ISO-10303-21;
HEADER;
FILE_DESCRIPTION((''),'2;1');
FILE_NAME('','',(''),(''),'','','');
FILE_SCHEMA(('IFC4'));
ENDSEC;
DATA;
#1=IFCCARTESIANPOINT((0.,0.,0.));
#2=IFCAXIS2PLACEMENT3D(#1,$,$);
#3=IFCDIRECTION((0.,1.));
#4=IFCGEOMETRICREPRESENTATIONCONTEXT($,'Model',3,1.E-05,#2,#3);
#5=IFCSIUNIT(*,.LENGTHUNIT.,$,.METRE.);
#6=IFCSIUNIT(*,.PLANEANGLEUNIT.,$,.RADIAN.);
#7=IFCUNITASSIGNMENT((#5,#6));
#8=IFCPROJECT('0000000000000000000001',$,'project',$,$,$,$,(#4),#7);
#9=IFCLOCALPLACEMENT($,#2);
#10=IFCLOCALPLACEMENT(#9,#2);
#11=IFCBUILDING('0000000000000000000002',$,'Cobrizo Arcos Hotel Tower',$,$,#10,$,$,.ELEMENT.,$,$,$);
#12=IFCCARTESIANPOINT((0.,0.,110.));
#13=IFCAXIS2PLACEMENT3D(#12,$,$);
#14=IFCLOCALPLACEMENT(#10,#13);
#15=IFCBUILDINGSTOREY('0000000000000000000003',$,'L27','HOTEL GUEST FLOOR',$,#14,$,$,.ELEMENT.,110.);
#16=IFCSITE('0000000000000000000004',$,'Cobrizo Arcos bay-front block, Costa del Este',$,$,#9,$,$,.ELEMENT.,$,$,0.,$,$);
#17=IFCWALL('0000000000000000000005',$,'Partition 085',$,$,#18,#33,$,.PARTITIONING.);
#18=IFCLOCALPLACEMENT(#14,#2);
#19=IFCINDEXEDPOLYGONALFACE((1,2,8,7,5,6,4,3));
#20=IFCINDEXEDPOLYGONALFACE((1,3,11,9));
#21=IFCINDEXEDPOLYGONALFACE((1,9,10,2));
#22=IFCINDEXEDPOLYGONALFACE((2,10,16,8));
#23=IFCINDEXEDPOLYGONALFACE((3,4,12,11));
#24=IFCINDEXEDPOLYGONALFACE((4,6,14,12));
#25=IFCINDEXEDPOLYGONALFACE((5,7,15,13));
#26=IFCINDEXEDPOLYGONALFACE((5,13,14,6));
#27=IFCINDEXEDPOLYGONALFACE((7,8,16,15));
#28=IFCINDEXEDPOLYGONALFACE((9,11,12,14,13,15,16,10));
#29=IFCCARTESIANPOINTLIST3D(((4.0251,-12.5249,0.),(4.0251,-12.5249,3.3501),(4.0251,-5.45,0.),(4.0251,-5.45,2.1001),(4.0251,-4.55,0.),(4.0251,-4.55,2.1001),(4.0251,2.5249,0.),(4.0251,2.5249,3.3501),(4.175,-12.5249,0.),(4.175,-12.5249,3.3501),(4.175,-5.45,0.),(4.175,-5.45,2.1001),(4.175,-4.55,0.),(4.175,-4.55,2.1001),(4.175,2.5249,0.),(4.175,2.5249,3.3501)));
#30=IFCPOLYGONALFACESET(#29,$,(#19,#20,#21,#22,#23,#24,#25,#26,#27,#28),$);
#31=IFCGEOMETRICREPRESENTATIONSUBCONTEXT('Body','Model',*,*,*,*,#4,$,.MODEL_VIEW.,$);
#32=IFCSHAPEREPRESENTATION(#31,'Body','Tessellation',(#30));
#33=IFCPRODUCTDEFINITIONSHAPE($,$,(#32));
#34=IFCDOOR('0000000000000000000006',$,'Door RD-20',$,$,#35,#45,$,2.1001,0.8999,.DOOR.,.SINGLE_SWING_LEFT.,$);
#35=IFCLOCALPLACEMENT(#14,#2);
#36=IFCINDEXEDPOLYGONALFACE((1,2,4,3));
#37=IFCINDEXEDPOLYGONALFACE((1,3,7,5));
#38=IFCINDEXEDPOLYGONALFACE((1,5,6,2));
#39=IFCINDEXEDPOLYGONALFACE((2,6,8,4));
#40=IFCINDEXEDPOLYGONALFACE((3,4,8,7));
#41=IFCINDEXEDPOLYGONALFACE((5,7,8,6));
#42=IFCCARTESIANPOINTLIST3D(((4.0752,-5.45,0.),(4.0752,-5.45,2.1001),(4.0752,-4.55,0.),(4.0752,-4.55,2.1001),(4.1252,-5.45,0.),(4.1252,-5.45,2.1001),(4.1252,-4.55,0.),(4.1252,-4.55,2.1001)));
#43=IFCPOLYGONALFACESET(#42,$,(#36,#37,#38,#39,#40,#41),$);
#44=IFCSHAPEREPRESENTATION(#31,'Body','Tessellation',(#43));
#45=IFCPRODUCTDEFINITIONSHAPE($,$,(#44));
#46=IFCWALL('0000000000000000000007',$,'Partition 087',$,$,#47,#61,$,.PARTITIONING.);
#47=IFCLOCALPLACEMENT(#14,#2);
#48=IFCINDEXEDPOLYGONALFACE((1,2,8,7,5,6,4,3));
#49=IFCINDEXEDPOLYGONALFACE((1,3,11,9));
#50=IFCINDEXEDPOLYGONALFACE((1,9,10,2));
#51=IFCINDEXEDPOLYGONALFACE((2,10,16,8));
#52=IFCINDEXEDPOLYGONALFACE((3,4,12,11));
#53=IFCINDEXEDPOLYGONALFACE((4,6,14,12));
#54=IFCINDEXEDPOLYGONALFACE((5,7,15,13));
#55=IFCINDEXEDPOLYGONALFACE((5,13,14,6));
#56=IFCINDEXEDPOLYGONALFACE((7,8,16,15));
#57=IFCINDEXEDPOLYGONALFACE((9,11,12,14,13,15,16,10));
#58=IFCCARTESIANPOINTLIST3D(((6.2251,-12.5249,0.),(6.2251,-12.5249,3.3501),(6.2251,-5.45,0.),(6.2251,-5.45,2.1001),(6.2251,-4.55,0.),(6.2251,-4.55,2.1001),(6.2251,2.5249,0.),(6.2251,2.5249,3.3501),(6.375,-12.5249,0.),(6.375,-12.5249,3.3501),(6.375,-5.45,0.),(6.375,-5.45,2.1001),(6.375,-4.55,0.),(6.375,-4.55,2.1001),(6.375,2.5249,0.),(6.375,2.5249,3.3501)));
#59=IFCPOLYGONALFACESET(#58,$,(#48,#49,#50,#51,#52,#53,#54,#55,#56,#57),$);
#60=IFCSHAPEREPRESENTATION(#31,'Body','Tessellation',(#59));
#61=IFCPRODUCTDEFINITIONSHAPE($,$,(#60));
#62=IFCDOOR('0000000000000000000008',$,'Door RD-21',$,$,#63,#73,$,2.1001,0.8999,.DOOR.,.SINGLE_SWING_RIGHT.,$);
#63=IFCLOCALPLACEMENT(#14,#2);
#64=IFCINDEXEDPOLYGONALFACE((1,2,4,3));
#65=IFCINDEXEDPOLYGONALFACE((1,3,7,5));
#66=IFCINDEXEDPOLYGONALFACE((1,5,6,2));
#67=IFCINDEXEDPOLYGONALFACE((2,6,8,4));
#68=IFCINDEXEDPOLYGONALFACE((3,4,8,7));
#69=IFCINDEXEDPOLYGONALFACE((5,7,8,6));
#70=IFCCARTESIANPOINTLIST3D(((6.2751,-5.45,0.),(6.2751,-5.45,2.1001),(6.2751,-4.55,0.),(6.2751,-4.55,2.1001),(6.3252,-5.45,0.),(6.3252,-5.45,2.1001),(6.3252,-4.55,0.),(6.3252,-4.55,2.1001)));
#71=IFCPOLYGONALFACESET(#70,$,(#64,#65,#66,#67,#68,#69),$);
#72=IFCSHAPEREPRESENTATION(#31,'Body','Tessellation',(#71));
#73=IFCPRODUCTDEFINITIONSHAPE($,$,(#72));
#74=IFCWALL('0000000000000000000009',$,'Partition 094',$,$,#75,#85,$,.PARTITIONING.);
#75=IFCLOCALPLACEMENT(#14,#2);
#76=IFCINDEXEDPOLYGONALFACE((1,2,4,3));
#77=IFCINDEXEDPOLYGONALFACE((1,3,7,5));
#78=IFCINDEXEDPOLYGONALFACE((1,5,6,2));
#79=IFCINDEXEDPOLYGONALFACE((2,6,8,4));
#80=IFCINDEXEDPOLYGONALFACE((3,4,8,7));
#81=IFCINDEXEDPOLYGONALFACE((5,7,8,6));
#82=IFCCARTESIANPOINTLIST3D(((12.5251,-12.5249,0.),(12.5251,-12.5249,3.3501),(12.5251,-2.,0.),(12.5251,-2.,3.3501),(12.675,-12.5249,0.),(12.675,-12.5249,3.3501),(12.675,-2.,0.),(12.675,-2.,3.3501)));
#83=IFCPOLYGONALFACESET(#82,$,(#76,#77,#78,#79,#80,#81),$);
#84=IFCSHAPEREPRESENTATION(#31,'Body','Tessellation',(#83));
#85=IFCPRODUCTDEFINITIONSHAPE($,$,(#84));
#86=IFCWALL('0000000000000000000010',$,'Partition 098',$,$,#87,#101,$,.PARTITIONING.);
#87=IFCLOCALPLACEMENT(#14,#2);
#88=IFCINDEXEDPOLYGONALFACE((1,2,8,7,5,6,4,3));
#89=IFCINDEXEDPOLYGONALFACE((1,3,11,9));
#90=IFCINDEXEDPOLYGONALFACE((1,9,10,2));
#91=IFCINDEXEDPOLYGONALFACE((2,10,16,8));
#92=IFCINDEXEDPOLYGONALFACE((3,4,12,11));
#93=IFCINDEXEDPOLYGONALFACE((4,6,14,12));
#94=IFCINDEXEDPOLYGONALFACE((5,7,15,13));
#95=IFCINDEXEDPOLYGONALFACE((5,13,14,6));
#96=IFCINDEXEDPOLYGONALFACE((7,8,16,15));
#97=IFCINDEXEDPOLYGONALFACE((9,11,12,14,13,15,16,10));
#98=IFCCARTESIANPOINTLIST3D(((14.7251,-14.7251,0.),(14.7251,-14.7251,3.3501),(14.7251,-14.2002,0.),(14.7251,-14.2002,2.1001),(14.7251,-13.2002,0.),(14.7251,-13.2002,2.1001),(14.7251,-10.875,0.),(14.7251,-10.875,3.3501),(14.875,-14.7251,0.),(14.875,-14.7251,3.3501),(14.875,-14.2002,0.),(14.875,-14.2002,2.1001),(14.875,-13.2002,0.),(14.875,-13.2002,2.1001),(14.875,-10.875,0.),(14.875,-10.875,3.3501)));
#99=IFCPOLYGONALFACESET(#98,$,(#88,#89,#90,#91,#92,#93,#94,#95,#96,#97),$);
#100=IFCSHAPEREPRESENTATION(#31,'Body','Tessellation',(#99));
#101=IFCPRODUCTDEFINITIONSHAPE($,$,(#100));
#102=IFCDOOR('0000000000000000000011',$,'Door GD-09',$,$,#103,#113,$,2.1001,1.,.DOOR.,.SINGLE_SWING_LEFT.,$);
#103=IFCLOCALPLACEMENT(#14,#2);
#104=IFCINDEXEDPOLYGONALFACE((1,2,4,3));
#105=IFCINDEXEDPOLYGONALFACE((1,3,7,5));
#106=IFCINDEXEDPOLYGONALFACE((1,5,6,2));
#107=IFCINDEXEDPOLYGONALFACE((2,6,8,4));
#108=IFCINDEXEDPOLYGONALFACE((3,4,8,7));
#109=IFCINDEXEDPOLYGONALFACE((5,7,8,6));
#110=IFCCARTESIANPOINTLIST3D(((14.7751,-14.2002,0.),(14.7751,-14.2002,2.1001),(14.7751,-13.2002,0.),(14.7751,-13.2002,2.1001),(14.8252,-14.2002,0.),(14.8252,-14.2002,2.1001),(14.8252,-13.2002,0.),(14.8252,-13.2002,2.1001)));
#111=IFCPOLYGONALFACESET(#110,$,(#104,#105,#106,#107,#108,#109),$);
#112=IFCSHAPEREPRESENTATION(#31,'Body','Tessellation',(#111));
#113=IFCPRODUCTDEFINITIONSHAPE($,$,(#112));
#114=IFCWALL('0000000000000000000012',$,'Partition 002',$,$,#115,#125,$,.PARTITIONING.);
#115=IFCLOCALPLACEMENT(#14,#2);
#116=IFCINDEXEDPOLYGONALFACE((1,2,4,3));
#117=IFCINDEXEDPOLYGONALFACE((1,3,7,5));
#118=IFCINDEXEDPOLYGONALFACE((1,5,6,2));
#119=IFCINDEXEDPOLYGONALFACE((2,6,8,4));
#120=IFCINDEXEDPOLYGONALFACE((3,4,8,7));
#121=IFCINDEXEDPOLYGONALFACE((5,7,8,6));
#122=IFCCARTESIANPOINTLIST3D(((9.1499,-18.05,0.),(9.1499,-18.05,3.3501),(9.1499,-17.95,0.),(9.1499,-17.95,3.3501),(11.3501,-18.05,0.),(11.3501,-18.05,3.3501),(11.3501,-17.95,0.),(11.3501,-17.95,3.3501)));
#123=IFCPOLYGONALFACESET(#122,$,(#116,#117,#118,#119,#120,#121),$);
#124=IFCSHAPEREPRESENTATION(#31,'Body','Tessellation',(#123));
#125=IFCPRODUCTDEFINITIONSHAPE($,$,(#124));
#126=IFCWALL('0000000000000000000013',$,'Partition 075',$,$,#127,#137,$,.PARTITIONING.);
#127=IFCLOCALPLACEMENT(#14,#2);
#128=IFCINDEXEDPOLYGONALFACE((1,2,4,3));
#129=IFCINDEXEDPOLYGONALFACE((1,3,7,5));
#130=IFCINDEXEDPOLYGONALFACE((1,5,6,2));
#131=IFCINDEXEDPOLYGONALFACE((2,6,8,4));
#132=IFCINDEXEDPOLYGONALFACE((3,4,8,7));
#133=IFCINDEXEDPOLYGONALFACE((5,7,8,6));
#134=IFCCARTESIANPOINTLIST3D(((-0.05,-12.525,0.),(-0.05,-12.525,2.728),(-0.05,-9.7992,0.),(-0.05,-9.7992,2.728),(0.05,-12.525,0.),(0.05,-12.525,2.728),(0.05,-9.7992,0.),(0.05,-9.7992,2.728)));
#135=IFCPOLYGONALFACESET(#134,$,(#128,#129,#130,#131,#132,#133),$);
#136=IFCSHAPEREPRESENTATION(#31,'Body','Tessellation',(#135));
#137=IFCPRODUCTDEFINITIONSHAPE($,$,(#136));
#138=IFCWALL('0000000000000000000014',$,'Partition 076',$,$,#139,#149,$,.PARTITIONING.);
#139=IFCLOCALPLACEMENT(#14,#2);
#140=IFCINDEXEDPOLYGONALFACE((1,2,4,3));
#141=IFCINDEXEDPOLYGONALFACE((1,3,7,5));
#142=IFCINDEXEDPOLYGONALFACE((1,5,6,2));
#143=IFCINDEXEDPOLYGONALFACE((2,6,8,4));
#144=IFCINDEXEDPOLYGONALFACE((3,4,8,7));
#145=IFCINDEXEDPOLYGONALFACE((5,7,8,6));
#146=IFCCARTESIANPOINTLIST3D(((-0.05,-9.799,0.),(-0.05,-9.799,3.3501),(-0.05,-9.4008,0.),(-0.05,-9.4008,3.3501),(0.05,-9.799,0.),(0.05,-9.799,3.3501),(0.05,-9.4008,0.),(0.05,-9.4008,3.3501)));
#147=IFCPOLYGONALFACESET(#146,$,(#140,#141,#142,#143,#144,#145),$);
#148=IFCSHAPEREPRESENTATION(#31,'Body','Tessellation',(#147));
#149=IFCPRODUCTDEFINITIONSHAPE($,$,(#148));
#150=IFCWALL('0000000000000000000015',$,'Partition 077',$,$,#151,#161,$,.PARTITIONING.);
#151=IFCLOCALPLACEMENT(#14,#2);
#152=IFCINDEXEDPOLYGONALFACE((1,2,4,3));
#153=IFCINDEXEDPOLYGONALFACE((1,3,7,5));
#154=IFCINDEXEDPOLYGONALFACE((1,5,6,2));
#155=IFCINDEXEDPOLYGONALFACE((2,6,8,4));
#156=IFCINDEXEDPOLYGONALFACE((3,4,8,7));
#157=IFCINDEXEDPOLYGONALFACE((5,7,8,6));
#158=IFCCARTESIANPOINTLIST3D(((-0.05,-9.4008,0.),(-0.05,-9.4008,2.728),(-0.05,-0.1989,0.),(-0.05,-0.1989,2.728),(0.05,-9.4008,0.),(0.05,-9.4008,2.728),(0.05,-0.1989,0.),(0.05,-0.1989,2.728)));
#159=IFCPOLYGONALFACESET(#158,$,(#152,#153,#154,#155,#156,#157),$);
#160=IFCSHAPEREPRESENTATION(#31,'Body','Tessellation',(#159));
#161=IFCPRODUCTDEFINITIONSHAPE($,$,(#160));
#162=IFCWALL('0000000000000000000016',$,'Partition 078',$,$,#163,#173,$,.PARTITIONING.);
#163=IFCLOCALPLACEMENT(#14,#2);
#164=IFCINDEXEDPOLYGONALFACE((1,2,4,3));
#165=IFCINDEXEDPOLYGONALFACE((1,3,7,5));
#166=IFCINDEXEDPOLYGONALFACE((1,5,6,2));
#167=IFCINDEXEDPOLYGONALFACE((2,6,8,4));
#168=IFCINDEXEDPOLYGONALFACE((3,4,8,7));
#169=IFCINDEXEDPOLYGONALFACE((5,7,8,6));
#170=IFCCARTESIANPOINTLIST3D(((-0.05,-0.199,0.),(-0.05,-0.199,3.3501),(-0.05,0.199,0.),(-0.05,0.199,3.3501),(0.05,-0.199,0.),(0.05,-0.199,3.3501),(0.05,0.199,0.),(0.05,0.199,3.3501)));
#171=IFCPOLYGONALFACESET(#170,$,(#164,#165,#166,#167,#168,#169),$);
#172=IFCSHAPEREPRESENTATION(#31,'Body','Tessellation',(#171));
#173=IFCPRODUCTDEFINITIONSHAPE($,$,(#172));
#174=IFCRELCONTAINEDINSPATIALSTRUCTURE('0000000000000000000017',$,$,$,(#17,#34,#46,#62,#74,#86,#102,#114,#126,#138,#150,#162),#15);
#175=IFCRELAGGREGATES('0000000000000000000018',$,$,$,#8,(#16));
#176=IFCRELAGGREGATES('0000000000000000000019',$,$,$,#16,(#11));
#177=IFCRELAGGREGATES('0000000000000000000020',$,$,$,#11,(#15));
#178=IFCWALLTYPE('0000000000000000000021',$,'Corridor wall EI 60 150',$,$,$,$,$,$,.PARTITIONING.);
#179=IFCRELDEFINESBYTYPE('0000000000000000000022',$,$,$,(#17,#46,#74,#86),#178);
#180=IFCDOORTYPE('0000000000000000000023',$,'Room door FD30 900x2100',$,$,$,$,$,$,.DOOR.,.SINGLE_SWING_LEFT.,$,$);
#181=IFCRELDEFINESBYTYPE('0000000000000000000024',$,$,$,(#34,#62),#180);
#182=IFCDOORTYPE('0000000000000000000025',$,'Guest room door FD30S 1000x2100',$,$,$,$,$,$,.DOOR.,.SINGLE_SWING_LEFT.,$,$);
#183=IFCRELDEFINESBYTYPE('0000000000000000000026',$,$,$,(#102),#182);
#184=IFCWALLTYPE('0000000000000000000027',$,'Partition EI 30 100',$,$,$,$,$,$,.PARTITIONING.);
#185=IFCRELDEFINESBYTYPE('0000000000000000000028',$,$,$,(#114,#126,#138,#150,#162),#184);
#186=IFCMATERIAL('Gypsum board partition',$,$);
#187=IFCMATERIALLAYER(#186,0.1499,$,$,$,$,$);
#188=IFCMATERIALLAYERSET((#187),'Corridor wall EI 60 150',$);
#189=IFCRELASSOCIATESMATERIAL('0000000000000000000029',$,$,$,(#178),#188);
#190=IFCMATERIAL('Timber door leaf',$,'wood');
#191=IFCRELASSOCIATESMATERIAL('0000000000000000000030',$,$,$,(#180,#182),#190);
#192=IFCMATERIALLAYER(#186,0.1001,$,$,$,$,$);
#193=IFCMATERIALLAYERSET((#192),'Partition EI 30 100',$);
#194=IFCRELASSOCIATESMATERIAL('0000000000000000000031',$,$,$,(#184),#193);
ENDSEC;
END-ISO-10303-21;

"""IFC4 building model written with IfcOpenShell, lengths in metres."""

from ifc_helpers import new_model, si_unit, direction, frame, frame_2d, origin, place, context, subcontext, project, spatial, rectangle, extrude, material, layer, layer_set, type_object, element, fill, save


model = new_model("IFC4")

# Units and contexts
model_context = context("Model", 3, precision=1e-05, world=origin(), true_north=direction((0.0, 1.0)))
body_context = subcontext(model_context, "Body", "Model", "MODEL_VIEW")
ifc_project = project(units=[si_unit("LENGTHUNIT", "METRE"), si_unit("PLANEANGLEUNIT", "RADIAN")], contexts=[model_context])

# Site, building, storey
site_placement = place(None, origin())
site = spatial("IfcSite", under=ifc_project, at=site_placement, Name="Cobrizo Arcos bay-front block, Costa del Este", CompositionType="ELEMENT", RefElevation=0.0)
building_placement = place(site_placement, origin())
building = spatial("IfcBuilding", under=site, at=building_placement, Name="Cobrizo Arcos Hotel Tower", CompositionType="ELEMENT")
storey_placement = place(building_placement, frame((0.0, 0.0, 110.0)))
storey = spatial("IfcBuildingStorey", under=building, at=storey_placement, Name="L27", Description="HOTEL GUEST FLOOR", CompositionType="ELEMENT", Elevation=110.0)

# Shared definitions
ifc_material_1 = material(Name="Gypsum board partition")
ifc_layer_1 = layer(ifc_material_1, 0.1499)
ifc_layer_set_1 = layer_set([ifc_layer_1], Name="Corridor wall EI 60 150")
wall_type_1 = type_object("IfcWallType", Name="Corridor wall EI 60 150", PredefinedType="PARTITIONING", material=ifc_layer_set_1)

# Walls, openings, doors
wall_1_placement = place(storey_placement, frame((4.1001, -12.5249, 0.0), z_axis=(0.0, 0.0, 1.0), x_axis=(0.0, 1.0, 0.0)))
wall_1 = element("IfcWall", 1, at=wall_1_placement, inside=storey, type_object=wall_type_1, Name="Partition 085", PredefinedType="PARTITIONING", context=body_context, shape_type="SweptSolid", body=[
    extrude(rectangle(XDim=15.0498, YDim=0.1499, at=frame_2d((7.5249, 0.0))), origin(), (0.0, 0.0, 1.0), 3.3501),
])
opening_1_placement = place(wall_1_placement, frame((7.075, 0.0, 0.0)))
opening_1 = element("IfcOpeningElement", 2, at=opening_1_placement, cuts=wall_1, PredefinedType="OPENING", context=body_context, shape_type="SweptSolid", body=[
    extrude(rectangle(XDim=0.8999, YDim=2.1001, at=frame_2d((0.45, 1.05))), frame((0.0, 0.0869, 0.0), z_axis=(0.0, -1.0, 0.0), x_axis=(1.0, 0.0, 0.0)), (0.0, 0.0, 1.0), 0.1738),
])
ifc_material_2 = material(Name="Timber door leaf", Category="wood")
door_type_1 = type_object("IfcDoorType", Name="Room door FD30 900x2100", OperationType="SINGLE_SWING_LEFT", PredefinedType="DOOR", material=ifc_material_2)
door_1_placement = place(opening_1_placement, origin())
door_1 = element("IfcDoor", 3, at=door_1_placement, inside=storey, type_object=door_type_1, Name="Door RD-20", OperationType="SINGLE_SWING_LEFT", OverallHeight=2.1001, OverallWidth=0.8999, PredefinedType="DOOR", context=body_context, shape_type="SweptSolid", body=[
    extrude(rectangle(XDim=0.8999, YDim=2.1001, at=frame_2d((0.45, 1.05))), frame((0.0, 0.0249, 0.0), z_axis=(0.0, -1.0, 0.0), x_axis=(1.0, 0.0, 0.0)), (0.0, 0.0, 1.0), 0.05),
])
fill(opening_1, door_1)
wall_2_placement = place(storey_placement, frame((6.3, -12.5249, 0.0), z_axis=(0.0, 0.0, 1.0), x_axis=(0.0, 1.0, 0.0)))
wall_2 = element("IfcWall", 4, at=wall_2_placement, inside=storey, type_object=wall_type_1, Name="Partition 087", PredefinedType="PARTITIONING", context=body_context, shape_type="SweptSolid", body=[
    extrude(rectangle(XDim=15.0498, YDim=0.1499, at=frame_2d((7.5249, 0.0))), origin(), (0.0, 0.0, 1.0), 3.3501),
])
opening_2_placement = place(wall_2_placement, frame((7.075, 0.0, 0.0)))
opening_2 = element("IfcOpeningElement", 5, at=opening_2_placement, cuts=wall_2, PredefinedType="OPENING", context=body_context, shape_type="SweptSolid", body=[
    extrude(rectangle(XDim=0.8999, YDim=2.1001, at=frame_2d((0.45, 1.05))), frame((0.0, 0.0869, 0.0), z_axis=(0.0, -1.0, 0.0), x_axis=(1.0, 0.0, 0.0)), (0.0, 0.0, 1.0), 0.1738),
])
door_2_placement = place(opening_2_placement, origin())
door_2 = element("IfcDoor", 6, at=door_2_placement, inside=storey, type_object=door_type_1, Name="Door RD-21", OperationType="SINGLE_SWING_RIGHT", OverallHeight=2.1001, OverallWidth=0.8999, PredefinedType="DOOR", context=body_context, shape_type="SweptSolid", body=[
    extrude(rectangle(XDim=0.8999, YDim=2.1001, at=frame_2d((0.45, 1.05))), frame((0.0, 0.0249, 0.0), z_axis=(0.0, -1.0, 0.0), x_axis=(1.0, 0.0, 0.0)), (0.0, 0.0, 1.0), 0.05),
])
fill(opening_2, door_2)

# Wall
wall_3_placement = place(storey_placement, frame((12.6001, -12.5249, 0.0), z_axis=(0.0, 0.0, 1.0), x_axis=(0.0, 1.0, 0.0)))
element("IfcWall", 7, at=wall_3_placement, inside=storey, type_object=wall_type_1, Name="Partition 094", PredefinedType="PARTITIONING", context=body_context, shape_type="SweptSolid", body=[
    extrude(rectangle(XDim=10.5249, YDim=0.1499, at=frame_2d((5.2625, 0.0))), origin(), (0.0, 0.0, 1.0), 3.3501),
])

# Wall, opening, door
wall_4_placement = place(storey_placement, frame((14.8, -14.7251, 0.0), z_axis=(0.0, 0.0, 1.0), x_axis=(0.0, 1.0, 0.0)))
wall_4 = element("IfcWall", 8, at=wall_4_placement, inside=storey, type_object=wall_type_1, Name="Partition 098", PredefinedType="PARTITIONING", context=body_context, shape_type="SweptSolid", body=[
    extrude(rectangle(XDim=3.8501, YDim=0.1499, at=frame_2d((1.925, 0.0))), origin(), (0.0, 0.0, 1.0), 3.3501),
])
opening_3_placement = place(wall_4_placement, frame((0.5249, 0.0, 0.0)))
opening_3 = element("IfcOpeningElement", 9, at=opening_3_placement, cuts=wall_4, PredefinedType="OPENING", context=body_context, shape_type="SweptSolid", body=[
    extrude(rectangle(XDim=1.0, YDim=2.1001, at=frame_2d((0.5, 1.05))), frame((0.0, 0.0869, 0.0), z_axis=(0.0, -1.0, 0.0), x_axis=(1.0, 0.0, 0.0)), (0.0, 0.0, 1.0), 0.1738),
])
door_type_2 = type_object("IfcDoorType", Name="Guest room door FD30S 1000x2100", OperationType="SINGLE_SWING_LEFT", PredefinedType="DOOR", material=ifc_material_2)
door_3_placement = place(opening_3_placement, origin())
door_3 = element("IfcDoor", 10, at=door_3_placement, inside=storey, type_object=door_type_2, Name="Door GD-09", OperationType="SINGLE_SWING_LEFT", OverallHeight=2.1001, OverallWidth=1.0, PredefinedType="DOOR", context=body_context, shape_type="SweptSolid", body=[
    extrude(rectangle(XDim=1.0, YDim=2.1001, at=frame_2d((0.5, 1.05))), frame((0.0, 0.0249, 0.0), z_axis=(0.0, -1.0, 0.0), x_axis=(1.0, 0.0, 0.0)), (0.0, 0.0, 1.0), 0.05),
])
fill(opening_3, door_3)

# Walls
ifc_layer_2 = layer(ifc_material_1, 0.1001)
ifc_layer_set_2 = layer_set([ifc_layer_2], Name="Partition EI 30 100")
wall_type_2 = type_object("IfcWallType", Name="Partition EI 30 100", PredefinedType="PARTITIONING", material=ifc_layer_set_2)
wall_5_placement = place(storey_placement, frame((9.1499, -18.0, 0.0), z_axis=(0.0, 0.0, 1.0), x_axis=(1.0, 0.0, 0.0)))
element("IfcWall", 11, at=wall_5_placement, inside=storey, type_object=wall_type_2, Name="Partition 002", PredefinedType="PARTITIONING", context=body_context, shape_type="SweptSolid", body=[
    extrude(rectangle(XDim=2.2002, YDim=0.1001, at=frame_2d((1.1001, 0.0))), origin(), (0.0, 0.0, 1.0), 3.3501),
])
wall_6_placement = place(storey_placement, frame((0.0, -12.5249, 0.0), z_axis=(0.0, 0.0, 1.0), x_axis=(0.0, 1.0, 0.0)))
element("IfcWall", 12, at=wall_6_placement, inside=storey, type_object=wall_type_2, Name="Partition 075", PredefinedType="PARTITIONING", context=body_context, shape_type="SweptSolid", body=[
    extrude(rectangle(XDim=2.7258, YDim=0.1001, at=frame_2d((1.3628, 0.0))), origin(), (0.0, 0.0, 1.0), 2.728),
])
wall_7_placement = place(storey_placement, frame((0.0, -9.7991, 0.0), z_axis=(0.0, 0.0, 1.0), x_axis=(0.0, 1.0, 0.0)))
element("IfcWall", 13, at=wall_7_placement, inside=storey, type_object=wall_type_2, Name="Partition 076", PredefinedType="PARTITIONING", context=body_context, shape_type="SweptSolid", body=[
    extrude(rectangle(XDim=0.3982, YDim=0.1001, at=frame_2d((0.1992, 0.0))), origin(), (0.0, 0.0, 1.0), 3.3501),
])
wall_8_placement = place(storey_placement, frame((0.0, -9.4009, 0.0), z_axis=(0.0, 0.0, 1.0), x_axis=(0.0, 1.0, 0.0)))
element("IfcWall", 14, at=wall_8_placement, inside=storey, type_object=wall_type_2, Name="Partition 077", PredefinedType="PARTITIONING", context=body_context, shape_type="SweptSolid", body=[
    extrude(rectangle(XDim=9.2019, YDim=0.1001, at=frame_2d((4.6011, 0.0))), origin(), (0.0, 0.0, 1.0), 2.728),
])
wall_9_placement = place(storey_placement, frame((0.0, -0.199, 0.0), z_axis=(0.0, 0.0, 1.0), x_axis=(0.0, 1.0, 0.0)))
element("IfcWall", 15, at=wall_9_placement, inside=storey, type_object=wall_type_2, Name="Partition 078", PredefinedType="PARTITIONING", context=body_context, shape_type="SweptSolid", body=[
    extrude(rectangle(XDim=0.3979, YDim=0.1001, at=frame_2d((0.199, 0.0))), origin(), (0.0, 0.0, 1.0), 3.3501),
])

save(model, "model.ifc")
